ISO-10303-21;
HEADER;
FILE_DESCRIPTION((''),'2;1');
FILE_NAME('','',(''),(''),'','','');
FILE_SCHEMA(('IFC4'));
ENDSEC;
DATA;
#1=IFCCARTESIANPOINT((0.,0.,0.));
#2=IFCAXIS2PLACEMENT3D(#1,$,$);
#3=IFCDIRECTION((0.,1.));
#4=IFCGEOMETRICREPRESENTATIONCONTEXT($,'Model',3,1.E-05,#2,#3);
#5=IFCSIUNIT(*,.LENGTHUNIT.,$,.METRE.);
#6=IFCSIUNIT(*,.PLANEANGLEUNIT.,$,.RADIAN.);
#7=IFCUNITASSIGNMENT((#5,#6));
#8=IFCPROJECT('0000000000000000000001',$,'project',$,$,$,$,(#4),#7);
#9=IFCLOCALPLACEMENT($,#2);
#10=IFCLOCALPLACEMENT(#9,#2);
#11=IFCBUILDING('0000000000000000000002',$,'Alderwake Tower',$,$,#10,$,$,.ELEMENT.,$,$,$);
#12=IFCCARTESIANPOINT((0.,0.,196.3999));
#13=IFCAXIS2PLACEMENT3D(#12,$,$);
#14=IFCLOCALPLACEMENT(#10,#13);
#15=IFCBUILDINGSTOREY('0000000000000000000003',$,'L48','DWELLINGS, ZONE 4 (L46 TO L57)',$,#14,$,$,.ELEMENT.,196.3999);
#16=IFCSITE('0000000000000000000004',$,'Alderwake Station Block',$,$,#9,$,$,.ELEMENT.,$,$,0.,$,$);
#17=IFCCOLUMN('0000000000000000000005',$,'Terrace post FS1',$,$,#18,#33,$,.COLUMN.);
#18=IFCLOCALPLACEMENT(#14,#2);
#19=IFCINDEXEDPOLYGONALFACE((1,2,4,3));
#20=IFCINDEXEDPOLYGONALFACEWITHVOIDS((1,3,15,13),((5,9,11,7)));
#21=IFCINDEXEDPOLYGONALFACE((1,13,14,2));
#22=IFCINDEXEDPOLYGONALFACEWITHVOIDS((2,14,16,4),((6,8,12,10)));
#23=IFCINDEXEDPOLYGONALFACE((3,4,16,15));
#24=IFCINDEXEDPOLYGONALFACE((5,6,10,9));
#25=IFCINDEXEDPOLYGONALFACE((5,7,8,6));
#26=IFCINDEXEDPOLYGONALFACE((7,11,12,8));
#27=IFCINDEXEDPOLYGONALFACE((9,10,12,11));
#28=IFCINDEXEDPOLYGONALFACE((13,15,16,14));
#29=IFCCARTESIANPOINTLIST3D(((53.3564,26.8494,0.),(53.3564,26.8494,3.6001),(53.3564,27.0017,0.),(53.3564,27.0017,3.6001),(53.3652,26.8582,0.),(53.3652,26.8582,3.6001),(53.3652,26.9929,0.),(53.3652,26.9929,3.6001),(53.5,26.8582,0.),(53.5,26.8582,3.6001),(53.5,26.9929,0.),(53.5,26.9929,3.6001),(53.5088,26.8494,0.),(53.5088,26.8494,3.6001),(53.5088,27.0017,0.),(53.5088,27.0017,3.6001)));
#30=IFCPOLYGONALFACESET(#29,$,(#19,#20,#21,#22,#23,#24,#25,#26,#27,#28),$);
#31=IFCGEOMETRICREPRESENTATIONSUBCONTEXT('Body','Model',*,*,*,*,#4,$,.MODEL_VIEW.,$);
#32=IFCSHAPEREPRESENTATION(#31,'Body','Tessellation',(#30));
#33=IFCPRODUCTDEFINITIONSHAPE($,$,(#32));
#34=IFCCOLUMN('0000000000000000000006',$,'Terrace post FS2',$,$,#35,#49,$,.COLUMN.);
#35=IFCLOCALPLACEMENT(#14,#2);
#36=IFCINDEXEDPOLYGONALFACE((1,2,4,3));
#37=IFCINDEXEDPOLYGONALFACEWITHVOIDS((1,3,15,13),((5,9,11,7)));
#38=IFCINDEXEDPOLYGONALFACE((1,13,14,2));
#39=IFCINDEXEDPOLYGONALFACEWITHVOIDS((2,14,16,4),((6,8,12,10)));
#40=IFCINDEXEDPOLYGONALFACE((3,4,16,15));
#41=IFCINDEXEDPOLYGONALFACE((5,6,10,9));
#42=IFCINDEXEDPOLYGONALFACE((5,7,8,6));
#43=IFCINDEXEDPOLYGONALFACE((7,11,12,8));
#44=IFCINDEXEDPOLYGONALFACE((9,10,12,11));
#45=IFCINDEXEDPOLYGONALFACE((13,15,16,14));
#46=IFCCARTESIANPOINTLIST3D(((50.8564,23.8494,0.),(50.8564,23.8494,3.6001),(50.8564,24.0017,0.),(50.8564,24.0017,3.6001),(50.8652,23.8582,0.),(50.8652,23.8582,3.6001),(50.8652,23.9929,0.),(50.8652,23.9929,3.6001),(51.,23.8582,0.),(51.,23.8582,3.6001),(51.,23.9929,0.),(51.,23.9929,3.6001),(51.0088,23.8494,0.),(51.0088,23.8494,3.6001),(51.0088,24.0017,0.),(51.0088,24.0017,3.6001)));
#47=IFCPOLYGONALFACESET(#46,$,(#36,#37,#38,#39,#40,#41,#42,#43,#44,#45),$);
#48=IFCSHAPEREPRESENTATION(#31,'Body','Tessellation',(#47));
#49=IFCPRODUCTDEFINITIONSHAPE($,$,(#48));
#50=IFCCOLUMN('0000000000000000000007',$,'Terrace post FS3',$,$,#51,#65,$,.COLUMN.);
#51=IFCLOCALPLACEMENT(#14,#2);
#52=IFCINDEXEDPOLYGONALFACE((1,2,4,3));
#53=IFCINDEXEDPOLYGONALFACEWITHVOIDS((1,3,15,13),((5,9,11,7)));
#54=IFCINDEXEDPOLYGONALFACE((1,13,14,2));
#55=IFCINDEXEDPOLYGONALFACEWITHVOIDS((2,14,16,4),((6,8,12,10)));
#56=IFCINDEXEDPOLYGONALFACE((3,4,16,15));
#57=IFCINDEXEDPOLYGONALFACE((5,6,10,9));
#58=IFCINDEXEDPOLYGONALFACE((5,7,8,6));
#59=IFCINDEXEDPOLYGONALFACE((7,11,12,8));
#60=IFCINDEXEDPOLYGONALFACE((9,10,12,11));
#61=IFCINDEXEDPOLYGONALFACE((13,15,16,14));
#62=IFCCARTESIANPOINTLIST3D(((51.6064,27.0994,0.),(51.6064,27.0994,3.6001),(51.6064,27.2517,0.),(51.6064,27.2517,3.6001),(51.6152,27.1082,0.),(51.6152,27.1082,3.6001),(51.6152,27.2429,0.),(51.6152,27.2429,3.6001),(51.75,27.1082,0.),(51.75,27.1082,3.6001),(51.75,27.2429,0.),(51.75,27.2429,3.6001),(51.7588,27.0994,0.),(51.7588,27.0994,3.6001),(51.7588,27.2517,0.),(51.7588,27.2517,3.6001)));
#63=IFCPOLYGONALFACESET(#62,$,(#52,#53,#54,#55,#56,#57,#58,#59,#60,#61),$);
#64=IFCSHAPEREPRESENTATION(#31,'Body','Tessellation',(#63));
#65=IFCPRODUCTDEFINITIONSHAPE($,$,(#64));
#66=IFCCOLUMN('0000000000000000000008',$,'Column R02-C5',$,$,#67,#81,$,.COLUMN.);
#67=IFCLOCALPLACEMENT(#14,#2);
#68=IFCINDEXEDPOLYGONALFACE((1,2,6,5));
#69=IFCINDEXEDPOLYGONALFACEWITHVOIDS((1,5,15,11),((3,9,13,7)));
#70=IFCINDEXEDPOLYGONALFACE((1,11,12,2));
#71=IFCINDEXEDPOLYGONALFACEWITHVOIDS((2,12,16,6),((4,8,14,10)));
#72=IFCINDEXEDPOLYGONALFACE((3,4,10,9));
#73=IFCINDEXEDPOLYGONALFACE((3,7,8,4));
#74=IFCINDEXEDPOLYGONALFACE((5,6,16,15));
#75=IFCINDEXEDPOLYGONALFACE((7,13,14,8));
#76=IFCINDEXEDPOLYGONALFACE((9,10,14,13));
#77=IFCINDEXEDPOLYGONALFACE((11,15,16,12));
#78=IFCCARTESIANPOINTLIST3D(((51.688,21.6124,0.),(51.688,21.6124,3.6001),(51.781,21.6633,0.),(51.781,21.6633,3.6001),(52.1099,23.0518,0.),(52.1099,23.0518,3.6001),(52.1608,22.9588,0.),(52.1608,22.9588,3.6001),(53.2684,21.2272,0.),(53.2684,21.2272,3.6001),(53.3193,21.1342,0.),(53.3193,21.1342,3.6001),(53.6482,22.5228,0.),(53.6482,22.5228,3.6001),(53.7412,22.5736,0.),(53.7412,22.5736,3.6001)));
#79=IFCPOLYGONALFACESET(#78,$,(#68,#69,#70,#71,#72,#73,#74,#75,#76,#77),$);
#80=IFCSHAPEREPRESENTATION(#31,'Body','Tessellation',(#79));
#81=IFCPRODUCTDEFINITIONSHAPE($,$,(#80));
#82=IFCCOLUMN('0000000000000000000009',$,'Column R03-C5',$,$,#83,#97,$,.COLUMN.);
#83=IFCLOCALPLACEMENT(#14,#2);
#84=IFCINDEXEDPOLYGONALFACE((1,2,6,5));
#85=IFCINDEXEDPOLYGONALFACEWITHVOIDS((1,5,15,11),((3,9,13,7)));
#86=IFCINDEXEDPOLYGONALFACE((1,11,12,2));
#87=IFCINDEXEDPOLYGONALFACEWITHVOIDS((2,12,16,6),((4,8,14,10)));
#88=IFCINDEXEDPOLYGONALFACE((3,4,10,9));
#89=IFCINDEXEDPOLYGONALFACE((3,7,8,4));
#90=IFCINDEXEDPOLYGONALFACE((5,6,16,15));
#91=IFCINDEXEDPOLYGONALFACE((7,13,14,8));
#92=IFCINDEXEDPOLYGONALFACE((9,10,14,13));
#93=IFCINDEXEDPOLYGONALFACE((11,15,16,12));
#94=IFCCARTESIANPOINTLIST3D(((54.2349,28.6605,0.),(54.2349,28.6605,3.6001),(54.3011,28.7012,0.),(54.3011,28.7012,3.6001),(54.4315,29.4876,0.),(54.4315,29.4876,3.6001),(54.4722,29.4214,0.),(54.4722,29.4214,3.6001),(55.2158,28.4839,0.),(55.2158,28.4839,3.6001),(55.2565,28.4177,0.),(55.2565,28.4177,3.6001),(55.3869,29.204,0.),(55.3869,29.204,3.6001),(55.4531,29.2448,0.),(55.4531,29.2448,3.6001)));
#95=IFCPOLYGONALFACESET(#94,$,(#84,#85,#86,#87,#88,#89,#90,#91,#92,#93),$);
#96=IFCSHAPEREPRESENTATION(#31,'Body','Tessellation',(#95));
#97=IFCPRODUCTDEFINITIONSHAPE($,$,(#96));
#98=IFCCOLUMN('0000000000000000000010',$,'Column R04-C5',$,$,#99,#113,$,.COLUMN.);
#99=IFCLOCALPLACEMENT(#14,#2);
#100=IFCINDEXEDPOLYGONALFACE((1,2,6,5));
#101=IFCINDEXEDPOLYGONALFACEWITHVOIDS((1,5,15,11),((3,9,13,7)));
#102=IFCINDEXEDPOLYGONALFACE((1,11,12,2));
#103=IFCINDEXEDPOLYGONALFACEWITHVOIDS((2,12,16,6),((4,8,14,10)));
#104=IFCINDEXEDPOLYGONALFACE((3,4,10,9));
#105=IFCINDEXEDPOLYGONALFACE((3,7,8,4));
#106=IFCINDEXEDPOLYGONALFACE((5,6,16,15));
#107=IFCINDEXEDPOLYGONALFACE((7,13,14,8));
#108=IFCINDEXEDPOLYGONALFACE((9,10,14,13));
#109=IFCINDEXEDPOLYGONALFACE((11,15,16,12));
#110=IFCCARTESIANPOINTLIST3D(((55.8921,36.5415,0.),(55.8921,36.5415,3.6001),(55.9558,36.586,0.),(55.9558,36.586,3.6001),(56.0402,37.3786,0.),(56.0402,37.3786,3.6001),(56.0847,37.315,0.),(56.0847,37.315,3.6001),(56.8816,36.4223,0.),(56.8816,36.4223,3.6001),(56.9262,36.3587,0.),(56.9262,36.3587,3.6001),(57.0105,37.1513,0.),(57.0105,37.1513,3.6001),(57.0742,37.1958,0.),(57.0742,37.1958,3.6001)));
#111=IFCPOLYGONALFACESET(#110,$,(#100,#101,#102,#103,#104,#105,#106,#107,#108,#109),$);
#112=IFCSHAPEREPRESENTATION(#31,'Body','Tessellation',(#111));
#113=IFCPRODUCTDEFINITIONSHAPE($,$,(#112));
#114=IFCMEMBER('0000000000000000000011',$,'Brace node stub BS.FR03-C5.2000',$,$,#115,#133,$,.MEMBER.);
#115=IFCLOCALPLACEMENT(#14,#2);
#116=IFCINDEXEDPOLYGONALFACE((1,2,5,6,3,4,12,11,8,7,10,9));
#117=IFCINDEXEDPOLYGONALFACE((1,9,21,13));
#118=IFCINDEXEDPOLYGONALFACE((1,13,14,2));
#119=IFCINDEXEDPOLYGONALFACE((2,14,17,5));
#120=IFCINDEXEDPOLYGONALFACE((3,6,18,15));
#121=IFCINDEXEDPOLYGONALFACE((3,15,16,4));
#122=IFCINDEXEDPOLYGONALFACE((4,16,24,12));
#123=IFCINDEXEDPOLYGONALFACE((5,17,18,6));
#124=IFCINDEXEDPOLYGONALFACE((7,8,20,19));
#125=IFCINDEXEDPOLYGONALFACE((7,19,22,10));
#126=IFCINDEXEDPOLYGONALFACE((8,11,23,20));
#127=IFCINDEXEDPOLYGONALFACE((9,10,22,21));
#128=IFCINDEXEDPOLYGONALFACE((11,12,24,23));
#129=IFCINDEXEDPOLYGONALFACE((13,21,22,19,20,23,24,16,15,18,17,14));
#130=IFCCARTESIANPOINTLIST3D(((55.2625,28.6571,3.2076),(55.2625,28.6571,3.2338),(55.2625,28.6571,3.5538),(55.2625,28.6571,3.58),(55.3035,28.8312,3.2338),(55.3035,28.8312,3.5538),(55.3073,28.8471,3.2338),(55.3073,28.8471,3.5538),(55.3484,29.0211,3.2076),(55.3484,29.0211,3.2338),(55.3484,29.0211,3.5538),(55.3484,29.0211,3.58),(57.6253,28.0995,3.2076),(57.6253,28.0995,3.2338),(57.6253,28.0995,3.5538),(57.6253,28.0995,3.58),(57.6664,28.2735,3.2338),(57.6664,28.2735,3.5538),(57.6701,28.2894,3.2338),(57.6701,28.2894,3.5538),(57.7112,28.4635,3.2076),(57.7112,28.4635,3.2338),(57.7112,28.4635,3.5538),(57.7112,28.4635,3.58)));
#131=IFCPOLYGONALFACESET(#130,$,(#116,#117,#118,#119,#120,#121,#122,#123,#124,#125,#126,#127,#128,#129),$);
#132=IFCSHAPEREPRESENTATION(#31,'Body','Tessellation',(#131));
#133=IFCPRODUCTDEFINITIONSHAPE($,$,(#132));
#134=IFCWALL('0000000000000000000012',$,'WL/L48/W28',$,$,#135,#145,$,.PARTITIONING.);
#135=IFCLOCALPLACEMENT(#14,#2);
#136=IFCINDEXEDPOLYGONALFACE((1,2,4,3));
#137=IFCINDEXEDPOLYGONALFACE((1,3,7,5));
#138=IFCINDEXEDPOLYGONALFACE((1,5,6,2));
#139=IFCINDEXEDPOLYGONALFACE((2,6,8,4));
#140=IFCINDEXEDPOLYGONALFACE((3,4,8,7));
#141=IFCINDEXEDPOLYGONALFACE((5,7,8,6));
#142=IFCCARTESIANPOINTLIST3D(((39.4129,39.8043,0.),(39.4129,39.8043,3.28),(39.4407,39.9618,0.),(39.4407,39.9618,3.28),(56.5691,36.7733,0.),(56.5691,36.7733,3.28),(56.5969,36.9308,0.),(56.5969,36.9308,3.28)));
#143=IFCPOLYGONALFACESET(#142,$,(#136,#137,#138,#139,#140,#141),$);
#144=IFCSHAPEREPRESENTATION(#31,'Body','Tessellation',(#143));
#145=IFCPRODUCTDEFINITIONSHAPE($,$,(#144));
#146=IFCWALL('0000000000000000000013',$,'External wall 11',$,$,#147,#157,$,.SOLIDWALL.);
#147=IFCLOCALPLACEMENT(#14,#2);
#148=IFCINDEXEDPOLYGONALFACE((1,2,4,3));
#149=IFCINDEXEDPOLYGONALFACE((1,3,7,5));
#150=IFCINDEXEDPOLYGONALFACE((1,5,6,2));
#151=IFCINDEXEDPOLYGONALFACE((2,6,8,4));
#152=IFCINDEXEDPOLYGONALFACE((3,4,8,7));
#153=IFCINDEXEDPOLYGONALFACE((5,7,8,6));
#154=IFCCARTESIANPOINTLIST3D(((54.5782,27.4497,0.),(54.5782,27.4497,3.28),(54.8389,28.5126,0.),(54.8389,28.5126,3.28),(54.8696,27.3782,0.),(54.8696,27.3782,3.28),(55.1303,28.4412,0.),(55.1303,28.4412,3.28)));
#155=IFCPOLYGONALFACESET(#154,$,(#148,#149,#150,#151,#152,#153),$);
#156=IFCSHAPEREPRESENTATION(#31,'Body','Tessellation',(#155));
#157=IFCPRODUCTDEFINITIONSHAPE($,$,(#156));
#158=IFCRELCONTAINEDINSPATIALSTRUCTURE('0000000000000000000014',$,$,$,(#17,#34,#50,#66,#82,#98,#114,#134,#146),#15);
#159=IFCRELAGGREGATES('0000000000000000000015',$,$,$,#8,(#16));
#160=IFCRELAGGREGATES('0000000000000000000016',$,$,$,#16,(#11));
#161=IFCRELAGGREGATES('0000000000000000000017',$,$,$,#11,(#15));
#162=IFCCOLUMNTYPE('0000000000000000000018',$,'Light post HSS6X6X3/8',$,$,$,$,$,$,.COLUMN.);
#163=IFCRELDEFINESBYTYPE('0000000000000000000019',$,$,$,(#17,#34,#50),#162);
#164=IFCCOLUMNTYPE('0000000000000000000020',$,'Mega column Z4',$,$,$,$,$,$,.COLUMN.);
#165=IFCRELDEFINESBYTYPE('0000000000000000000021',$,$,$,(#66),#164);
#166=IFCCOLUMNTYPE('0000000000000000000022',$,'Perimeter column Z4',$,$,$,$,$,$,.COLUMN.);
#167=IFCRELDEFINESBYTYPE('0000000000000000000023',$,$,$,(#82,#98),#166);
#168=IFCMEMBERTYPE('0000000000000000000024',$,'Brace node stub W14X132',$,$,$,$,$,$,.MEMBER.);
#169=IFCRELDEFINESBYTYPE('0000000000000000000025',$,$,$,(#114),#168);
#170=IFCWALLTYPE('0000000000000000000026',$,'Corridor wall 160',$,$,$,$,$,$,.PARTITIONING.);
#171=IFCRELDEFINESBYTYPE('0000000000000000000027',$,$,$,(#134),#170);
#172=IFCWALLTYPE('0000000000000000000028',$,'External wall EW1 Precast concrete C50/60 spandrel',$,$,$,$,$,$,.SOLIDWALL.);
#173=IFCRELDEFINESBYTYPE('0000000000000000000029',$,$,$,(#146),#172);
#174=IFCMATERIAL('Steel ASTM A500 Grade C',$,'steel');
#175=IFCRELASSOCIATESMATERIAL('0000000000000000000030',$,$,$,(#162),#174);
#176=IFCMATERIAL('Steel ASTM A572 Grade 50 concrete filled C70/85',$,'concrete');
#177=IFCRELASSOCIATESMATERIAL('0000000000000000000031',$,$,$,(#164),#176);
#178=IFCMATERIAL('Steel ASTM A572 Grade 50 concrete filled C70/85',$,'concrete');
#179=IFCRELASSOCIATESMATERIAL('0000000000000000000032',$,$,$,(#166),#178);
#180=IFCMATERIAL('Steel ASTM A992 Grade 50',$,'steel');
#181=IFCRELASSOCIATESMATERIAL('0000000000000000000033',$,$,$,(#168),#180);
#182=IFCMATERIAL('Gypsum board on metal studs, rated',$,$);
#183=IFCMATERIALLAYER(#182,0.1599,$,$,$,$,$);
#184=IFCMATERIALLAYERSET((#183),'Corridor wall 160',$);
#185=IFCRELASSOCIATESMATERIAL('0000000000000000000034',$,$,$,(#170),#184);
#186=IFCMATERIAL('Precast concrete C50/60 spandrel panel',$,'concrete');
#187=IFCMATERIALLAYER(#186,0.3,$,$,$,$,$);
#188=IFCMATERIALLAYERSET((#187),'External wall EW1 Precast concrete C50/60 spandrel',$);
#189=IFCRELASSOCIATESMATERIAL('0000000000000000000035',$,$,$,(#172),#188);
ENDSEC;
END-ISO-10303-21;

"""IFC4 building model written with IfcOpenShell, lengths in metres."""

from ifc_helpers import new_model, si_unit, direction, frame, frame_2d, origin, origin_2d, place, context, subcontext, project, spatial, rectangle, hollow_rectangle, i_section, extrude, material, layer, layer_set, material_profile, profile_set, type_object, element, save


model = new_model("IFC4")

# Units and contexts
model_context = context("Model", 3, precision=1e-05, world=origin(), true_north=direction((0.0, 1.0)))
body_context = subcontext(model_context, "Body", "Model", "MODEL_VIEW")
ifc_project = project(units=[si_unit("LENGTHUNIT", "METRE"), si_unit("PLANEANGLEUNIT", "RADIAN")], contexts=[model_context])

# Site, building, storey
site_placement = place(None, origin())
site = spatial("IfcSite", under=ifc_project, at=site_placement, Name="Alderwake Station Block", CompositionType="ELEMENT", RefElevation=0.0)
building_placement = place(site_placement, origin())
building = spatial("IfcBuilding", under=site, at=building_placement, Name="Alderwake Tower", CompositionType="ELEMENT")
storey_placement = place(building_placement, frame((0.0, 0.0, 196.3999)))
storey = spatial("IfcBuildingStorey", under=building, at=storey_placement, Name="L48", Description="DWELLINGS, ZONE 4 (L46 TO L57)", CompositionType="ELEMENT", Elevation=196.3999)

# Columns
ifc_material_1 = material(Name="Steel ASTM A500 Grade C", Category="steel")
ifc_material_profile_1 = material_profile(ifc_material_1, hollow_rectangle(XDim=0.1523, YDim=0.1523, WallThickness=0.0088, at=origin_2d()), Name="HSS6X6X3/8")
ifc_profile_set_1 = profile_set([ifc_material_profile_1], Name="Steel ASTM A500 Grade C")
column_type_1 = type_object("IfcColumnType", Name="Light post HSS6X6X3/8", PredefinedType="COLUMN", material=ifc_profile_set_1)
for number, where, z_axis, x_axis, name in (
    (1, (53.4326, 26.9255, 0.0), (0.0, 0.0, 1.0), (1.0, 0.0, 0.0), "Terrace post FS1"),
    (2, (50.9326, 23.9255, 0.0), (0.0, 0.0, 1.0), (1.0, 0.0, 0.0), "Terrace post FS2"),
    (3, (51.6826, 27.1755, 0.0), (0.0, 0.0, 1.0), (1.0, 0.0, 0.0), "Terrace post FS3"),
):
    element("IfcColumn", number, at=place(storey_placement, frame(where, z_axis=z_axis, x_axis=x_axis)), inside=storey, type_object=column_type_1, Name=name, PredefinedType="COLUMN", context=body_context, shape_type="SweptSolid", body=[
        extrude(hollow_rectangle(XDim=0.1523, YDim=0.1523, WallThickness=0.0088, at=origin_2d()), origin(), (0.0, 0.0, 1.0), 3.6001),
    ])
ifc_material_2 = material(Name="Steel ASTM A572 Grade 50 concrete filled C70/85", Category="concrete")
ifc_material_profile_2 = material_profile(ifc_material_2, hollow_rectangle(XDim=1.5, YDim=1.7, WallThickness=0.075, at=origin_2d()), Name="BOX 1700X1500X75")
ifc_profile_set_2 = profile_set([ifc_material_profile_2], Name="Steel ASTM A572 Grade 50 concrete filled C70/85")
column_type_2 = type_object("IfcColumnType", Name="Mega column Z4", PredefinedType="COLUMN", material=ifc_profile_set_2)
column_placement = place(storey_placement, frame((52.7146, 22.093, 0.0), z_axis=(0.0, 0.0, 1.0), x_axis=(0.281323, 0.959613, 0.0)))
element("IfcColumn", 4, at=column_placement, inside=storey, type_object=column_type_2, Name="Column R02-C5", PredefinedType="COLUMN", context=body_context, shape_type="SweptSolid", body=[
    extrude(hollow_rectangle(XDim=1.5, YDim=1.7, WallThickness=0.075, at=origin_2d()), origin(), (0.0, 0.0, 1.0), 3.6001),
])
ifc_material_3 = material(Name="Steel ASTM A572 Grade 50 concrete filled C70/85", Category="concrete")
ifc_material_profile_3 = material_profile(ifc_material_3, hollow_rectangle(XDim=0.8501, YDim=1.05, WallThickness=0.0549, at=origin_2d()), Name="BOX 1050X850X55")
ifc_profile_set_3 = profile_set([ifc_material_profile_3], Name="Steel ASTM A572 Grade 50 concrete filled C70/85")
column_type_3 = type_object("IfcColumnType", Name="Perimeter column Z4", PredefinedType="COLUMN", material=ifc_profile_set_3)
for number, where, z_axis, x_axis, name in (
    (5, (54.844, 28.9526, 0.0), (0.0, 0.0, 1.0), (0.231222, 0.972901, 0.0), "Column R03-C5"),
    (6, (56.4832, 36.8687, 0.0), (0.0, 0.0, 1.0), (0.174109, 0.984726, 0.0), "Column R04-C5"),
):
    element("IfcColumn", number, at=place(storey_placement, frame(where, z_axis=z_axis, x_axis=x_axis)), inside=storey, type_object=column_type_3, Name=name, PredefinedType="COLUMN", context=body_context, shape_type="SweptSolid", body=[
        extrude(hollow_rectangle(XDim=0.8501, YDim=1.05, WallThickness=0.0549, at=origin_2d()), origin(), (0.0, 0.0, 1.0), 3.6001),
    ])

# Member
ifc_material_4 = material(Name="Steel ASTM A992 Grade 50", Category="steel")
ifc_material_profile_4 = material_profile(ifc_material_4, i_section(OverallWidth=0.374, OverallDepth=0.3723, WebThickness=0.0164, FlangeThickness=0.0261, at=origin_2d()), Name="W14X132")
ifc_profile_set_4 = profile_set([ifc_material_profile_4], Name="Steel ASTM A992 Grade 50")
member_type = type_object("IfcMemberType", Name="Brace node stub W14X132", PredefinedType="MEMBER", material=ifc_profile_set_4)
member_placement = place(storey_placement, frame((55.3054, 28.8391, 3.3938), z_axis=(0.973264, -0.229689, 0.0), x_axis=(0.229689, 0.973264, 0.0)))
element("IfcMember", 7, at=member_placement, inside=storey, type_object=member_type, Name="Brace node stub BS.FR03-C5.2000", PredefinedType="MEMBER", context=body_context, shape_type="SweptSolid", body=[
    extrude(i_section(OverallWidth=0.374, OverallDepth=0.3723, WebThickness=0.0164, FlangeThickness=0.0261, at=origin_2d()), origin(), (0.0, 0.0, 1.0), 2.4277),
])

# Walls
ifc_material_5 = material(Name="Gypsum board on metal studs, rated")
ifc_layer_1 = layer(ifc_material_5, 0.1599)
ifc_layer_set_1 = layer_set([ifc_layer_1], Name="Corridor wall 160")
wall_type_1 = type_object("IfcWallType", Name="Corridor wall 160", PredefinedType="PARTITIONING", material=ifc_layer_set_1)
wall_1_placement = place(storey_placement, frame((56.583, 36.8521, 0.0), z_axis=(0.0, 0.0, 1.0), x_axis=(-0.98475, 0.173976, 0.0)))
element("IfcWall", 8, at=wall_1_placement, inside=storey, type_object=wall_type_1, Name="WL/L48/W28", PredefinedType="PARTITIONING", context=body_context, shape_type="SweptSolid", body=[
    extrude(rectangle(XDim=17.4219, YDim=0.1599, at=frame_2d((8.7109, 0.0))), origin(), (0.0, 0.0, 1.0), 3.28),
])
ifc_material_6 = material(Name="Precast concrete C50/60 spandrel panel", Category="concrete")
ifc_layer_2 = layer(ifc_material_6, 0.3)
ifc_layer_set_2 = layer_set([ifc_layer_2], Name="External wall EW1 Precast concrete C50/60 spandrel")
wall_type_2 = type_object("IfcWallType", Name="External wall EW1 Precast concrete C50/60 spandrel", PredefinedType="SOLIDWALL", material=ifc_layer_set_2)
wall_2_placement = place(storey_placement, frame((54.7239, 27.4138, 0.0), z_axis=(0.0, 0.0, 1.0), x_axis=(0.238229, 0.971209, 0.0)))
element("IfcWall", 9, at=wall_2_placement, inside=storey, type_object=wall_type_2, Name="External wall 11", PredefinedType="SOLIDWALL", context=body_context, shape_type="SweptSolid", body=[
    extrude(rectangle(XDim=1.0945, YDim=0.3, at=frame_2d((0.5474, 0.0))), origin(), (0.0, 0.0, 1.0), 3.28),
])

save(model, "model.ifc")
